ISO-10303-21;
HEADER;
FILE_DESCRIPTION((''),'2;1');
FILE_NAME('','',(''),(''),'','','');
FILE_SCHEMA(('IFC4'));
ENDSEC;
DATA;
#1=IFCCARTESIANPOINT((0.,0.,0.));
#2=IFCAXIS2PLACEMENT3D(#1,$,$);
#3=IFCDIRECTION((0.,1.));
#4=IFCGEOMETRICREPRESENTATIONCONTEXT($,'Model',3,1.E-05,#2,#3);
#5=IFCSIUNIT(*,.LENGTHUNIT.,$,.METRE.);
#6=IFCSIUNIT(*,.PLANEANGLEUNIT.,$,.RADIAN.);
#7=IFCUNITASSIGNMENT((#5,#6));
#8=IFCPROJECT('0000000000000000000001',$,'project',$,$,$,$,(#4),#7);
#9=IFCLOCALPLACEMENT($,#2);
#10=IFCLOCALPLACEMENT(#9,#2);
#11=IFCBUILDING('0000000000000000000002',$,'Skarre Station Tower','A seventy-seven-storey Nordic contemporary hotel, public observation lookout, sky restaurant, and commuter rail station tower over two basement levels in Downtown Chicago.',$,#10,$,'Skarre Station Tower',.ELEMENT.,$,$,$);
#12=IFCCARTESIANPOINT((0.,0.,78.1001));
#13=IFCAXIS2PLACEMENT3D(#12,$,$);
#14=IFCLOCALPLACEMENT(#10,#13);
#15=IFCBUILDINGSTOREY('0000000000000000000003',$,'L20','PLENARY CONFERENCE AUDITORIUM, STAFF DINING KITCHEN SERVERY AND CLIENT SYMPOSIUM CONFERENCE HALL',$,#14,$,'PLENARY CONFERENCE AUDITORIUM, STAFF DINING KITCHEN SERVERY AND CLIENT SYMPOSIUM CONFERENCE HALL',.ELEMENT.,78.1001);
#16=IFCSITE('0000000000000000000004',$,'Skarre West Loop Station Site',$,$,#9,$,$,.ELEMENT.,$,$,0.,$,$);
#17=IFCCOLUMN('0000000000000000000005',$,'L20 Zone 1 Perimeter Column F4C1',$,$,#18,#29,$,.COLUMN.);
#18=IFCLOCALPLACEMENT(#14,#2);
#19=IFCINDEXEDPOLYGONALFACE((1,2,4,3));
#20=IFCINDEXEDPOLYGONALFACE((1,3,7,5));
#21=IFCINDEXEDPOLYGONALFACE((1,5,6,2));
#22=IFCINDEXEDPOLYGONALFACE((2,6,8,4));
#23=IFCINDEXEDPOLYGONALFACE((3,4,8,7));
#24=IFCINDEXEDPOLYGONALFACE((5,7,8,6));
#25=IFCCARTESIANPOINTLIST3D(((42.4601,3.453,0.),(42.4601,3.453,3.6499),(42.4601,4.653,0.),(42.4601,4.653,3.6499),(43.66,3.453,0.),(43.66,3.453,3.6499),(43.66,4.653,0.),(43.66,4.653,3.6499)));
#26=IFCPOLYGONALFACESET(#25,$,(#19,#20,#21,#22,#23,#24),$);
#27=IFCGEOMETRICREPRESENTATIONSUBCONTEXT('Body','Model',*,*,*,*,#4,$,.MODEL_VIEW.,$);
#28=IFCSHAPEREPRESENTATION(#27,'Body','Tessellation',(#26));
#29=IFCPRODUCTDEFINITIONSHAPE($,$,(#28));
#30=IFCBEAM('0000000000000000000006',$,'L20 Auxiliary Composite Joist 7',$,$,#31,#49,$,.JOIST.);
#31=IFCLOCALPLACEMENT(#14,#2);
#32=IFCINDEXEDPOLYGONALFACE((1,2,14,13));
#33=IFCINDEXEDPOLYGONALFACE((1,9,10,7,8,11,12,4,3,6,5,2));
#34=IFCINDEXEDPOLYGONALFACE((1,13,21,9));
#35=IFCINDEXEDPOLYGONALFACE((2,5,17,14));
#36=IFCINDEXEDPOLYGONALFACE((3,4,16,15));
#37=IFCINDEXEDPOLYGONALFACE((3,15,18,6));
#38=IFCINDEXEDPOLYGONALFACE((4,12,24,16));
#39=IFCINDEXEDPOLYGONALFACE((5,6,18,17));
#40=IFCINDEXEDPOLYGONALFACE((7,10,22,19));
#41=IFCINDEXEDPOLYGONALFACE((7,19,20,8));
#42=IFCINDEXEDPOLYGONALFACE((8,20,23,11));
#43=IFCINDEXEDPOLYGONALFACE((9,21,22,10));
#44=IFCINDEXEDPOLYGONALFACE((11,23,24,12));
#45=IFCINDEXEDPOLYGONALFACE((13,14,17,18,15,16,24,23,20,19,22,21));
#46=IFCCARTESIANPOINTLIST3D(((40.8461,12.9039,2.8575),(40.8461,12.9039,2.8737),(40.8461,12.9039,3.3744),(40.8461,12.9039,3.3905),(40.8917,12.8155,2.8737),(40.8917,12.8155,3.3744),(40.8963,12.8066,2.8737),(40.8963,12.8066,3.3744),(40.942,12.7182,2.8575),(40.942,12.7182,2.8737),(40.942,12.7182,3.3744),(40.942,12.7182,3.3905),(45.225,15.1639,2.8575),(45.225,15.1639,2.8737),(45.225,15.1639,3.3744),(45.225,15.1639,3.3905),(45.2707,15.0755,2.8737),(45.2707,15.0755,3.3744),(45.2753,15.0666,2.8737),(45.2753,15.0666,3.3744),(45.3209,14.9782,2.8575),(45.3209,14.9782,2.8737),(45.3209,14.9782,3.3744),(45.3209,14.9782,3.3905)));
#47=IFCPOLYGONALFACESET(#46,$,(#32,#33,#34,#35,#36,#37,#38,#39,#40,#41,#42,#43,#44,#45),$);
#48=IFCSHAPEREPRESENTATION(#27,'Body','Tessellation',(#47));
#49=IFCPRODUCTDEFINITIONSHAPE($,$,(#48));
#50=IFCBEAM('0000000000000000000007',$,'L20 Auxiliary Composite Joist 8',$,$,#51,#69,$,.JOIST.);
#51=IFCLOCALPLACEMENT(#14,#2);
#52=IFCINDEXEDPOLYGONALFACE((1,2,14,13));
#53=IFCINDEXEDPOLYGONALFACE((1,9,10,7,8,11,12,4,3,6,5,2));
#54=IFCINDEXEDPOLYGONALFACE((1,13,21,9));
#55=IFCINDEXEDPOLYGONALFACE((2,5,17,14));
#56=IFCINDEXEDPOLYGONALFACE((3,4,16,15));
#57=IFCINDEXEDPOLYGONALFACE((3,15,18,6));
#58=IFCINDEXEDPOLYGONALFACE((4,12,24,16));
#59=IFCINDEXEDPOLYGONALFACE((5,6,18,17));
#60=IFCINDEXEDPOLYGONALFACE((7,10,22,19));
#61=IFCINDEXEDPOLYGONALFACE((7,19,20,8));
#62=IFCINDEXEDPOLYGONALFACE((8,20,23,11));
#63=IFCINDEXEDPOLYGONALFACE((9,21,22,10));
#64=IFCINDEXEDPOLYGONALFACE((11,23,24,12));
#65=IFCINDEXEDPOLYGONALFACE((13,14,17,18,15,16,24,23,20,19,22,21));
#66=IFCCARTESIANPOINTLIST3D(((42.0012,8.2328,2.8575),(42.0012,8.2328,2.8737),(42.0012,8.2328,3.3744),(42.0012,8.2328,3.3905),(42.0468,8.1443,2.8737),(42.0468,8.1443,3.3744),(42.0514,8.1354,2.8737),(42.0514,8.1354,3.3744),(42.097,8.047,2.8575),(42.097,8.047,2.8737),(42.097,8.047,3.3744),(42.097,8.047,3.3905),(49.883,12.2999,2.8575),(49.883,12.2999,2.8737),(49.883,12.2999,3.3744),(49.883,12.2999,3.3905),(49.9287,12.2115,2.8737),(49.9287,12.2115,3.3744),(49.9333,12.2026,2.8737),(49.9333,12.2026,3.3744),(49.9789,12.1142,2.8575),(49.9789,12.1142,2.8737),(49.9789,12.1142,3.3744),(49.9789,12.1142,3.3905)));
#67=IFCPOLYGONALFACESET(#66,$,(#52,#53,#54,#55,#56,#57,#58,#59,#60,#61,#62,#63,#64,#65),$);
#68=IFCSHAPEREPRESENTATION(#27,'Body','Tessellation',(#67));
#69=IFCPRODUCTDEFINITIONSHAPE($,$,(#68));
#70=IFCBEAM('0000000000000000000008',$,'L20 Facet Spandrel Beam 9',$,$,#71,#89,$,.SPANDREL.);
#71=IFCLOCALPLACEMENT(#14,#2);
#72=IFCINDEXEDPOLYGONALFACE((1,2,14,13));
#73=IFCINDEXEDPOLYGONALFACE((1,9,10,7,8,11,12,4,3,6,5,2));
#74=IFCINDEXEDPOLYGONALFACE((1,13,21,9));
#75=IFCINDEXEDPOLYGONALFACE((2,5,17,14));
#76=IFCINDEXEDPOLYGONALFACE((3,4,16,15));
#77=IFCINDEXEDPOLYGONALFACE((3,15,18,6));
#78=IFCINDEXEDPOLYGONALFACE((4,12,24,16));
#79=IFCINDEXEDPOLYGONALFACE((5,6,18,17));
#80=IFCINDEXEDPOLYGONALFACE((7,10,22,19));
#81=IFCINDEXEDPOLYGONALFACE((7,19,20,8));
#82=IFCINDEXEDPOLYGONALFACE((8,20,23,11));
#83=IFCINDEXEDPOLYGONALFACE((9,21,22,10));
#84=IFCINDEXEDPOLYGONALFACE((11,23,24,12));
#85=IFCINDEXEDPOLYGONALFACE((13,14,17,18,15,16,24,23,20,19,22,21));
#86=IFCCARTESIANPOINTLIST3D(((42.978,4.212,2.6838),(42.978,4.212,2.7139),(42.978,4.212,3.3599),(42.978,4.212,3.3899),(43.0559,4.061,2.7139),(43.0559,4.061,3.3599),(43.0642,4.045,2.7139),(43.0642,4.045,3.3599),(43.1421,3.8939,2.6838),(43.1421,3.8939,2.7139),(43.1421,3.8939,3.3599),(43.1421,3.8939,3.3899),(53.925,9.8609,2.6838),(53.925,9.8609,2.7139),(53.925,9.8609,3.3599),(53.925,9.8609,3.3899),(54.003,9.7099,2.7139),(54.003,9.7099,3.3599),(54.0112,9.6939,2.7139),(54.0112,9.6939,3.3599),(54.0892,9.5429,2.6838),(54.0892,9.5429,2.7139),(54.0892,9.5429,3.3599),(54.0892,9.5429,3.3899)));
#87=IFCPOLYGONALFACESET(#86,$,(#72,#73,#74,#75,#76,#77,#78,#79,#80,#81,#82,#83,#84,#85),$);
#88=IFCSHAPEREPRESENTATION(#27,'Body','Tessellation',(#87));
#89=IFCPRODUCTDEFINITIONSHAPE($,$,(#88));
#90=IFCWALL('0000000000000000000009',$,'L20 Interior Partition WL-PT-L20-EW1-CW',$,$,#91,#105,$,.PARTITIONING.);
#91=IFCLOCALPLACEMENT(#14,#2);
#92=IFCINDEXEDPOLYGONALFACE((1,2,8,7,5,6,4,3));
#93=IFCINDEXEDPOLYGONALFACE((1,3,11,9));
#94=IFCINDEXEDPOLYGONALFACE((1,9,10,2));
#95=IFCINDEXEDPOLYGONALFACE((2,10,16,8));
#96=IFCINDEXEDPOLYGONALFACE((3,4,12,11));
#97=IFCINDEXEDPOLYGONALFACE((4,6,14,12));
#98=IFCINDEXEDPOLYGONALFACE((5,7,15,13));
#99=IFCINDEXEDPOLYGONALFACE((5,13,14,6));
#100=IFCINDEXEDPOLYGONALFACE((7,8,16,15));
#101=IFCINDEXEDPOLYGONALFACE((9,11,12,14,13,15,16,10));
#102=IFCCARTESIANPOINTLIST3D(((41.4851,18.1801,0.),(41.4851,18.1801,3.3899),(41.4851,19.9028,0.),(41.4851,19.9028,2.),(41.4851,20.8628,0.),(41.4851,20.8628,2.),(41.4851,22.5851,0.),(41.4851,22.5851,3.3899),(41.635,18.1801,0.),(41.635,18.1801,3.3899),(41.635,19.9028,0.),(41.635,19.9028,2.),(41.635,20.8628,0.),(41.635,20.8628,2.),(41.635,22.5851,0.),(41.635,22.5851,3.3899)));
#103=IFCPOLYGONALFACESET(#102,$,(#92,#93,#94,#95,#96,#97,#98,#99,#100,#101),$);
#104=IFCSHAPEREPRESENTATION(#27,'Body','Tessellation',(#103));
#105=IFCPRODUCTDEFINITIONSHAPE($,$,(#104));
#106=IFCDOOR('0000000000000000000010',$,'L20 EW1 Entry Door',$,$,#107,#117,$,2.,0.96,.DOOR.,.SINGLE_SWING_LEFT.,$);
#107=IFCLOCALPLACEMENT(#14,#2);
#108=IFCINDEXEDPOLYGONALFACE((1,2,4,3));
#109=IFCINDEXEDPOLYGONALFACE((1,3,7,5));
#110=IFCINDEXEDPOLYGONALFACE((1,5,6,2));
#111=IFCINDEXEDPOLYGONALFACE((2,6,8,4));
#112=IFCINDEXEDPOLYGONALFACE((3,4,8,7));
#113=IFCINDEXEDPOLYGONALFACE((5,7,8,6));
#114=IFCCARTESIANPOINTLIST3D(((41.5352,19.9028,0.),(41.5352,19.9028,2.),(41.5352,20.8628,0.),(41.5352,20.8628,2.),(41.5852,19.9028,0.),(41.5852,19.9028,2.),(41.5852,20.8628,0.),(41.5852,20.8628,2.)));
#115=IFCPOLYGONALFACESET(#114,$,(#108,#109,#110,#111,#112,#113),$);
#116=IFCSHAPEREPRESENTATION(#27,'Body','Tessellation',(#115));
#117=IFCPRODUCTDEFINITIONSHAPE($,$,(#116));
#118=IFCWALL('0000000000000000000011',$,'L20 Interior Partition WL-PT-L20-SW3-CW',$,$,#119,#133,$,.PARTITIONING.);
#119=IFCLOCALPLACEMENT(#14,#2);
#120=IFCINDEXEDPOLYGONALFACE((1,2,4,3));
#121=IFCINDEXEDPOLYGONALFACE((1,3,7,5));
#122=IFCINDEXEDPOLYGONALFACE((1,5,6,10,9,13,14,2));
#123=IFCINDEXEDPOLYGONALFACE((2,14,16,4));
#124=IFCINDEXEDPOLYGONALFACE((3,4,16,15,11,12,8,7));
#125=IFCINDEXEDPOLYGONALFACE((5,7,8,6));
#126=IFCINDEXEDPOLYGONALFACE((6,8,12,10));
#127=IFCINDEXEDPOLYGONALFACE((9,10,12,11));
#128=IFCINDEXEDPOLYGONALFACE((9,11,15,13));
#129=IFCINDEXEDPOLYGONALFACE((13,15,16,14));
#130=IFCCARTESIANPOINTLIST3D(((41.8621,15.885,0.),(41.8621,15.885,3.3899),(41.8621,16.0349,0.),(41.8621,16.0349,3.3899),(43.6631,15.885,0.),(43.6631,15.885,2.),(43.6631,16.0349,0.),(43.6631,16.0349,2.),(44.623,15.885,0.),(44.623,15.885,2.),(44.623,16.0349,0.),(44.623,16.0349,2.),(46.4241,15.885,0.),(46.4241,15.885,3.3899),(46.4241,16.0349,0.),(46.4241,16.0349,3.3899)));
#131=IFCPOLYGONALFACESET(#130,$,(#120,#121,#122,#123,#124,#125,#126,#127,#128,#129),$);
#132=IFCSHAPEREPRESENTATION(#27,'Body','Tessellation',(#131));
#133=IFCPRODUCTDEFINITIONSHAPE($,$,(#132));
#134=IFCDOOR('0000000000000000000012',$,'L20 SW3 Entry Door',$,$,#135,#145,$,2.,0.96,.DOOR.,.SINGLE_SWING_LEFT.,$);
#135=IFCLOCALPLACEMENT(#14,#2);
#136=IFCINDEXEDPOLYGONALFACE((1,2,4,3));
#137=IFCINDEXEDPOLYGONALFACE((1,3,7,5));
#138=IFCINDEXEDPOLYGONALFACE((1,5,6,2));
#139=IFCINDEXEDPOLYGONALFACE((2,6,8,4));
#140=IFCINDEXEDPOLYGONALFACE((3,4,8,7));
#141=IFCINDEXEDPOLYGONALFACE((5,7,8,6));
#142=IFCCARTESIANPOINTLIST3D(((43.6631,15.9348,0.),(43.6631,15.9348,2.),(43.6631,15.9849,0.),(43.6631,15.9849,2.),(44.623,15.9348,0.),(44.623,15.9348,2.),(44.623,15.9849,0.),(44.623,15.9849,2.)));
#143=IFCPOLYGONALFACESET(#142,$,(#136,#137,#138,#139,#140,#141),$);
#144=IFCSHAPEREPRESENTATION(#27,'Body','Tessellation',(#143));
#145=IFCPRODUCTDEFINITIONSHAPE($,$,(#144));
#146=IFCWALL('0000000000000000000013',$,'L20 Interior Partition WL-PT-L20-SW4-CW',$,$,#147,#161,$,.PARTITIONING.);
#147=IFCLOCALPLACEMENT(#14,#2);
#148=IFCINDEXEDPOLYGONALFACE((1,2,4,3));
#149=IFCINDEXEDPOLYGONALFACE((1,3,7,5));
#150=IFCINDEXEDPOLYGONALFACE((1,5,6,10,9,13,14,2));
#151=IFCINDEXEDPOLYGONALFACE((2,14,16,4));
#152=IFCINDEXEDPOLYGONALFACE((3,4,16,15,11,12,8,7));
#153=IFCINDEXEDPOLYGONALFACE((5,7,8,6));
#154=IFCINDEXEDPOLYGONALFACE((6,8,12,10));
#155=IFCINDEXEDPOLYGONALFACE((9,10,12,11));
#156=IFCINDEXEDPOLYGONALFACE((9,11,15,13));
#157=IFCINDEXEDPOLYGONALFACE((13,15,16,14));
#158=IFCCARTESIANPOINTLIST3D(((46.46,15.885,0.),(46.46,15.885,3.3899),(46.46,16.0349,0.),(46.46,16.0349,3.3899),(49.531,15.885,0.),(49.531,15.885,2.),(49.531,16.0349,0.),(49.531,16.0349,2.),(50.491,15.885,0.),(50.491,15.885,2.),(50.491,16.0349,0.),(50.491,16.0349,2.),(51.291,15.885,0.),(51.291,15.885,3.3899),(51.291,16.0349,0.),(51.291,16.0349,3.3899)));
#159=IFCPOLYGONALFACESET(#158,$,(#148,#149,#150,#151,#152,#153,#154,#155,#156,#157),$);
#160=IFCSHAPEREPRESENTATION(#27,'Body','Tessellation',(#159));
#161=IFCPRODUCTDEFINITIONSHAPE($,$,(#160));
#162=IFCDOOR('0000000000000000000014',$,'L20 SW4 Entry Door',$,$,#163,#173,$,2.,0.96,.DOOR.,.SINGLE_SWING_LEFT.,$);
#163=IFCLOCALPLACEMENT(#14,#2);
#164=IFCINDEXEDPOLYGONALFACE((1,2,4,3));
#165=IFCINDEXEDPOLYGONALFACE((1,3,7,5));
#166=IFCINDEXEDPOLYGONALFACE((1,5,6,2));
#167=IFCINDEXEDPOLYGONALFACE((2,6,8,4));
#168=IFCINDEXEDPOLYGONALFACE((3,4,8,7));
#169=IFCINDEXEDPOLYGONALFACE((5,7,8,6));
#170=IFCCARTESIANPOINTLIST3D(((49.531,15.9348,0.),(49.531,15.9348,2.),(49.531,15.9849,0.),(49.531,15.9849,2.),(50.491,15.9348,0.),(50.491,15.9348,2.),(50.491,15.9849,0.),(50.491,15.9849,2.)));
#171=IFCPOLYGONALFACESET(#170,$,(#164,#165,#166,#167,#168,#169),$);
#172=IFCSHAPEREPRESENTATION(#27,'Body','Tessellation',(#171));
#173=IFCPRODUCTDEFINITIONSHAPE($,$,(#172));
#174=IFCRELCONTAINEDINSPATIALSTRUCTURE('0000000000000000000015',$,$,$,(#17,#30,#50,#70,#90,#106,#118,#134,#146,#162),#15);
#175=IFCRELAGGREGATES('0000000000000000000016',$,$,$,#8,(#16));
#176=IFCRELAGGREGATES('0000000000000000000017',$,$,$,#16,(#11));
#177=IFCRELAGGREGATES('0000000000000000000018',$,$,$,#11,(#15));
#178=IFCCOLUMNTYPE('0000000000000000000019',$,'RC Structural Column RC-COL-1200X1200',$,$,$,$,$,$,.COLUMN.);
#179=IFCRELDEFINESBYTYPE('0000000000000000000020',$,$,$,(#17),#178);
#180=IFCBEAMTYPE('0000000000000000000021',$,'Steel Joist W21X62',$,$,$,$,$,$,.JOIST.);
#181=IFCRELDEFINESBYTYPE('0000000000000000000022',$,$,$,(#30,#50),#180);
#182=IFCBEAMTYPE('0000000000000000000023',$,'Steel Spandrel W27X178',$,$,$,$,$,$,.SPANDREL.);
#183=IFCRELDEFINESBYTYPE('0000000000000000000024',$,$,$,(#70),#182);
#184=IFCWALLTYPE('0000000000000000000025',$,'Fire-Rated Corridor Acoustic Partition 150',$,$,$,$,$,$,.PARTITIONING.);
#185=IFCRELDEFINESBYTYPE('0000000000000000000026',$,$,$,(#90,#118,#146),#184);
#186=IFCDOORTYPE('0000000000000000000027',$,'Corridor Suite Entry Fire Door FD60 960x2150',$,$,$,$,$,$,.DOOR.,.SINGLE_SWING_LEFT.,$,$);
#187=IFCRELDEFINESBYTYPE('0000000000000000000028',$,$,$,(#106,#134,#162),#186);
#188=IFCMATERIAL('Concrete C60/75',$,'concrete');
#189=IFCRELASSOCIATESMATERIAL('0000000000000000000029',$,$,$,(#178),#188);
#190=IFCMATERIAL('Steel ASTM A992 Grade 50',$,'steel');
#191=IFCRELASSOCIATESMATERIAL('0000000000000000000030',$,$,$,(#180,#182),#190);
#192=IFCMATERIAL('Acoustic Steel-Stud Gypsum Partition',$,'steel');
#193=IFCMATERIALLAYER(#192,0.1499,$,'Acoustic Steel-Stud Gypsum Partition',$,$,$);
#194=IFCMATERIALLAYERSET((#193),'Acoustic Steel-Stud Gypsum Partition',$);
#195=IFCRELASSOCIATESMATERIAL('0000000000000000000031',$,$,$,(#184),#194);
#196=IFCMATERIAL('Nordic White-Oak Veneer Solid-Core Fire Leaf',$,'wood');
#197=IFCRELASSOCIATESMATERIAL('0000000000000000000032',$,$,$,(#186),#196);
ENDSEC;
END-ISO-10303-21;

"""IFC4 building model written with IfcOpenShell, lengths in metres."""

from ifc_helpers import new_model, si_unit, direction, frame, frame_2d, origin, origin_2d, place, context, subcontext, project, spatial, rectangle, i_section, extrude, material, layer, layer_set, material_profile, profile_set, type_object, element, fill, save


model = new_model("IFC4")

# Units and contexts
model_context = context("Model", 3, precision=1e-05, world=origin(), true_north=direction((0.0, 1.0)))
body_context = subcontext(model_context, "Body", "Model", "MODEL_VIEW")
ifc_project = project(units=[si_unit("LENGTHUNIT", "METRE"), si_unit("PLANEANGLEUNIT", "RADIAN")], contexts=[model_context])

# Site, building, storey
site_placement = place(None, origin())
site = spatial("IfcSite", under=ifc_project, at=site_placement, Name="Skarre West Loop Station Site", CompositionType="ELEMENT", RefElevation=0.0)
building_placement = place(site_placement, origin())
building = spatial("IfcBuilding", under=site, at=building_placement, Name="Skarre Station Tower", Description="A seventy-seven-storey Nordic contemporary hotel, public observation lookout, sky restaurant, and commuter rail station tower over two basement levels in Downtown Chicago.", LongName="Skarre Station Tower", CompositionType="ELEMENT")
storey_placement = place(building_placement, frame((0.0, 0.0, 78.1001)))
storey = spatial("IfcBuildingStorey", under=building, at=storey_placement, Name="L20", Description="PLENARY CONFERENCE AUDITORIUM, STAFF DINING KITCHEN SERVERY AND CLIENT SYMPOSIUM CONFERENCE HALL", LongName="PLENARY CONFERENCE AUDITORIUM, STAFF DINING KITCHEN SERVERY AND CLIENT SYMPOSIUM CONFERENCE HALL", CompositionType="ELEMENT", Elevation=78.1001)

# Column
ifc_material_1 = material(Name="Concrete C60/75", Category="concrete")
ifc_material_profile_1 = material_profile(ifc_material_1, rectangle(XDim=1.2, YDim=1.2, at=origin_2d()), Name="Concrete C60/75")
ifc_profile_set_1 = profile_set([ifc_material_profile_1], Name="Concrete C60/75")
column_type = type_object("IfcColumnType", Name="RC Structural Column RC-COL-1200X1200", PredefinedType="COLUMN", material=ifc_profile_set_1)
column_placement = place(storey_placement, frame((43.0601, 4.053, 0.0), z_axis=(0.0, 0.0, 1.0), x_axis=(1.0, 0.0, 0.0)))
element("IfcColumn", 1, at=column_placement, inside=storey, type_object=column_type, Name="L20 Zone 1 Perimeter Column F4C1", PredefinedType="COLUMN", context=body_context, shape_type="SweptSolid", body=[
    extrude(rectangle(XDim=1.2, YDim=1.2, at=origin_2d()), origin(), (0.0, 0.0, 1.0), 3.6499),
])

# Beams
ifc_material_2 = material(Name="Steel ASTM A992 Grade 50", Category="steel")
ifc_material_profile_2 = material_profile(ifc_material_2, i_section(OverallWidth=0.209, OverallDepth=0.533, WebThickness=0.01, FlangeThickness=0.0161, at=origin_2d()), Name="Steel ASTM A992 Grade 50")
ifc_profile_set_2 = profile_set([ifc_material_profile_2], Name="Steel ASTM A992 Grade 50")
beam_type_1 = type_object("IfcBeamType", Name="Steel Joist W21X62", PredefinedType="JOIST", material=ifc_profile_set_2)
beam_1_placement = place(storey_placement, frame((40.894, 12.811, 3.124), z_axis=(0.888627, 0.458632, 0.0), x_axis=(-0.458632, 0.888627, 0.0)))
element("IfcBeam", 2, at=beam_1_placement, inside=storey, type_object=beam_type_1, Name="L20 Auxiliary Composite Joist 7", PredefinedType="JOIST", context=body_context, shape_type="SweptSolid", body=[
    extrude(i_section(OverallWidth=0.209, OverallDepth=0.533, WebThickness=0.01, FlangeThickness=0.0161, at=origin_2d()), origin(), (0.0, 0.0, 1.0), 4.9277),
])
beam_2_placement = place(storey_placement, frame((42.0491, 8.1399, 3.124), z_axis=(0.888662, 0.458562, 0.0), x_axis=(-0.458562, 0.888662, 0.0)))
element("IfcBeam", 3, at=beam_2_placement, inside=storey, type_object=beam_type_1, Name="L20 Auxiliary Composite Joist 8", PredefinedType="JOIST", context=body_context, shape_type="SweptSolid", body=[
    extrude(i_section(OverallWidth=0.209, OverallDepth=0.533, WebThickness=0.01, FlangeThickness=0.0161, at=origin_2d()), origin(), (0.0, 0.0, 1.0), 8.8694),
])
ifc_material_profile_3 = material_profile(ifc_material_2, i_section(OverallWidth=0.3579, OverallDepth=0.7061, WebThickness=0.0181, FlangeThickness=0.03, at=origin_2d()), Name="Steel ASTM A992 Grade 50")
ifc_profile_set_3 = profile_set([ifc_material_profile_3], Name="Steel ASTM A992 Grade 50")
beam_type_2 = type_object("IfcBeamType", Name="Steel Spandrel W27X178", PredefinedType="SPANDREL", material=ifc_profile_set_3)
beam_3_placement = place(storey_placement, frame((43.0601, 4.053, 3.0369), z_axis=(0.888659, 0.458569, 0.0), x_axis=(-0.458569, 0.888659, 0.0)))
element("IfcBeam", 4, at=beam_3_placement, inside=storey, type_object=beam_type_2, Name="L20 Facet Spandrel Beam 9", PredefinedType="SPANDREL", context=body_context, shape_type="SweptSolid", body=[
    extrude(i_section(OverallWidth=0.3579, OverallDepth=0.7061, WebThickness=0.0181, FlangeThickness=0.03, at=origin_2d()), origin(), (0.0, 0.0, 1.0), 12.3186),
])

# Walls, openings, doors
ifc_material_3 = material(Name="Acoustic Steel-Stud Gypsum Partition", Category="steel")
ifc_layer_1 = layer(ifc_material_3, 0.1499, Name="Acoustic Steel-Stud Gypsum Partition")
ifc_layer_set_1 = layer_set([ifc_layer_1], Name="Acoustic Steel-Stud Gypsum Partition")
wall_type_1 = type_object("IfcWallType", Name="Fire-Rated Corridor Acoustic Partition 150", PredefinedType="PARTITIONING", material=ifc_layer_set_1)
wall_1_placement = place(storey_placement, frame((41.5601, 18.1799, 0.0), z_axis=(0.0, 0.0, 1.0), x_axis=(0.0, 1.0, 0.0)))
wall_1 = element("IfcWall", 5, at=wall_1_placement, inside=storey, type_object=wall_type_1, Name="L20 Interior Partition WL-PT-L20-EW1-CW", PredefinedType="PARTITIONING", context=body_context, shape_type="SweptSolid", body=[
    extrude(rectangle(XDim=4.405, YDim=0.1499, at=frame_2d((2.2026, 0.0))), origin(), (0.0, 0.0, 1.0), 3.3899),
])
opening_1_placement = place(wall_1_placement, frame((1.7229, 0.0, 0.0)))
opening_1 = element("IfcOpeningElement", 6, at=opening_1_placement, cuts=wall_1, PredefinedType="OPENING", context=body_context, shape_type="SweptSolid", body=[
    extrude(rectangle(XDim=0.96, YDim=2.0, at=frame_2d((0.48, 1.0))), frame((0.0, 0.085, 0.0), z_axis=(0.0, -1.0, 0.0), x_axis=(1.0, 0.0, 0.0)), (0.0, 0.0, 1.0), 0.1699),
])
ifc_material_4 = material(Name="Nordic White-Oak Veneer Solid-Core Fire Leaf", Category="wood")
door_type_1 = type_object("IfcDoorType", Name="Corridor Suite Entry Fire Door FD60 960x2150", OperationType="SINGLE_SWING_LEFT", PredefinedType="DOOR", material=ifc_material_4)
door_1_placement = place(opening_1_placement, origin())
door_1 = element("IfcDoor", 7, at=door_1_placement, inside=storey, type_object=door_type_1, Name="L20 EW1 Entry Door", OperationType="SINGLE_SWING_LEFT", OverallHeight=2.0, OverallWidth=0.96, PredefinedType="DOOR", context=body_context, shape_type="SweptSolid", body=[
    extrude(rectangle(XDim=0.96, YDim=2.0, at=frame_2d((0.48, 1.0))), frame((0.0, 0.0249, 0.0), z_axis=(0.0, -1.0, 0.0), x_axis=(1.0, 0.0, 0.0)), (0.0, 0.0, 1.0), 0.05),
])
fill(opening_1, door_1)
wall_2_placement = place(storey_placement, frame((41.8621, 15.96, 0.0), z_axis=(0.0, 0.0, 1.0), x_axis=(1.0, 0.0, 0.0)))
wall_2 = element("IfcWall", 8, at=wall_2_placement, inside=storey, type_object=wall_type_1, Name="L20 Interior Partition WL-PT-L20-SW3-CW", PredefinedType="PARTITIONING", context=body_context, shape_type="SweptSolid", body=[
    extrude(rectangle(XDim=4.562, YDim=0.1499, at=frame_2d((2.281, 0.0))), origin(), (0.0, 0.0, 1.0), 3.3899),
])
opening_2_placement = place(wall_2_placement, frame((1.801, 0.0, 0.0)))
opening_2 = element("IfcOpeningElement", 9, at=opening_2_placement, cuts=wall_2, PredefinedType="OPENING", context=body_context, shape_type="SweptSolid", body=[
    extrude(rectangle(XDim=0.96, YDim=2.0, at=frame_2d((0.48, 1.0))), frame((0.0, 0.085, 0.0), z_axis=(0.0, -1.0, 0.0), x_axis=(1.0, 0.0, 0.0)), (0.0, 0.0, 1.0), 0.1699),
])
door_2_placement = place(opening_2_placement, origin())
door_2 = element("IfcDoor", 10, at=door_2_placement, inside=storey, type_object=door_type_1, Name="L20 SW3 Entry Door", OperationType="SINGLE_SWING_LEFT", OverallHeight=2.0, OverallWidth=0.96, PredefinedType="DOOR", context=body_context, shape_type="SweptSolid", body=[
    extrude(rectangle(XDim=0.96, YDim=2.0, at=frame_2d((0.48, 1.0))), frame((0.0, 0.0249, 0.0), z_axis=(0.0, -1.0, 0.0), x_axis=(1.0, 0.0, 0.0)), (0.0, 0.0, 1.0), 0.05),
])
fill(opening_2, door_2)
wall_3_placement = place(storey_placement, frame((46.46, 15.96, 0.0), z_axis=(0.0, 0.0, 1.0), x_axis=(1.0, 0.0, 0.0)))
wall_3 = element("IfcWall", 11, at=wall_3_placement, inside=storey, type_object=wall_type_1, Name="L20 Interior Partition WL-PT-L20-SW4-CW", PredefinedType="PARTITIONING", context=body_context, shape_type="SweptSolid", body=[
    extrude(rectangle(XDim=4.8311, YDim=0.1499, at=frame_2d((2.4155, 0.0))), origin(), (0.0, 0.0, 1.0), 3.3899),
])
opening_3_placement = place(wall_3_placement, frame((3.071, 0.0, 0.0)))
opening_3 = element("IfcOpeningElement", 12, at=opening_3_placement, cuts=wall_3, PredefinedType="OPENING", context=body_context, shape_type="SweptSolid", body=[
    extrude(rectangle(XDim=0.96, YDim=2.0, at=frame_2d((0.48, 1.0))), frame((0.0, 0.085, 0.0), z_axis=(0.0, -1.0, 0.0), x_axis=(1.0, 0.0, 0.0)), (0.0, 0.0, 1.0), 0.1699),
])
door_3_placement = place(opening_3_placement, origin())
door_3 = element("IfcDoor", 13, at=door_3_placement, inside=storey, type_object=door_type_1, Name="L20 SW4 Entry Door", OperationType="SINGLE_SWING_LEFT", OverallHeight=2.0, OverallWidth=0.96, PredefinedType="DOOR", context=body_context, shape_type="SweptSolid", body=[
    extrude(rectangle(XDim=0.96, YDim=2.0, at=frame_2d((0.48, 1.0))), frame((0.0, 0.0249, 0.0), z_axis=(0.0, -1.0, 0.0), x_axis=(1.0, 0.0, 0.0)), (0.0, 0.0, 1.0), 0.05),
])
fill(opening_3, door_3)

save(model, "model.ifc")
